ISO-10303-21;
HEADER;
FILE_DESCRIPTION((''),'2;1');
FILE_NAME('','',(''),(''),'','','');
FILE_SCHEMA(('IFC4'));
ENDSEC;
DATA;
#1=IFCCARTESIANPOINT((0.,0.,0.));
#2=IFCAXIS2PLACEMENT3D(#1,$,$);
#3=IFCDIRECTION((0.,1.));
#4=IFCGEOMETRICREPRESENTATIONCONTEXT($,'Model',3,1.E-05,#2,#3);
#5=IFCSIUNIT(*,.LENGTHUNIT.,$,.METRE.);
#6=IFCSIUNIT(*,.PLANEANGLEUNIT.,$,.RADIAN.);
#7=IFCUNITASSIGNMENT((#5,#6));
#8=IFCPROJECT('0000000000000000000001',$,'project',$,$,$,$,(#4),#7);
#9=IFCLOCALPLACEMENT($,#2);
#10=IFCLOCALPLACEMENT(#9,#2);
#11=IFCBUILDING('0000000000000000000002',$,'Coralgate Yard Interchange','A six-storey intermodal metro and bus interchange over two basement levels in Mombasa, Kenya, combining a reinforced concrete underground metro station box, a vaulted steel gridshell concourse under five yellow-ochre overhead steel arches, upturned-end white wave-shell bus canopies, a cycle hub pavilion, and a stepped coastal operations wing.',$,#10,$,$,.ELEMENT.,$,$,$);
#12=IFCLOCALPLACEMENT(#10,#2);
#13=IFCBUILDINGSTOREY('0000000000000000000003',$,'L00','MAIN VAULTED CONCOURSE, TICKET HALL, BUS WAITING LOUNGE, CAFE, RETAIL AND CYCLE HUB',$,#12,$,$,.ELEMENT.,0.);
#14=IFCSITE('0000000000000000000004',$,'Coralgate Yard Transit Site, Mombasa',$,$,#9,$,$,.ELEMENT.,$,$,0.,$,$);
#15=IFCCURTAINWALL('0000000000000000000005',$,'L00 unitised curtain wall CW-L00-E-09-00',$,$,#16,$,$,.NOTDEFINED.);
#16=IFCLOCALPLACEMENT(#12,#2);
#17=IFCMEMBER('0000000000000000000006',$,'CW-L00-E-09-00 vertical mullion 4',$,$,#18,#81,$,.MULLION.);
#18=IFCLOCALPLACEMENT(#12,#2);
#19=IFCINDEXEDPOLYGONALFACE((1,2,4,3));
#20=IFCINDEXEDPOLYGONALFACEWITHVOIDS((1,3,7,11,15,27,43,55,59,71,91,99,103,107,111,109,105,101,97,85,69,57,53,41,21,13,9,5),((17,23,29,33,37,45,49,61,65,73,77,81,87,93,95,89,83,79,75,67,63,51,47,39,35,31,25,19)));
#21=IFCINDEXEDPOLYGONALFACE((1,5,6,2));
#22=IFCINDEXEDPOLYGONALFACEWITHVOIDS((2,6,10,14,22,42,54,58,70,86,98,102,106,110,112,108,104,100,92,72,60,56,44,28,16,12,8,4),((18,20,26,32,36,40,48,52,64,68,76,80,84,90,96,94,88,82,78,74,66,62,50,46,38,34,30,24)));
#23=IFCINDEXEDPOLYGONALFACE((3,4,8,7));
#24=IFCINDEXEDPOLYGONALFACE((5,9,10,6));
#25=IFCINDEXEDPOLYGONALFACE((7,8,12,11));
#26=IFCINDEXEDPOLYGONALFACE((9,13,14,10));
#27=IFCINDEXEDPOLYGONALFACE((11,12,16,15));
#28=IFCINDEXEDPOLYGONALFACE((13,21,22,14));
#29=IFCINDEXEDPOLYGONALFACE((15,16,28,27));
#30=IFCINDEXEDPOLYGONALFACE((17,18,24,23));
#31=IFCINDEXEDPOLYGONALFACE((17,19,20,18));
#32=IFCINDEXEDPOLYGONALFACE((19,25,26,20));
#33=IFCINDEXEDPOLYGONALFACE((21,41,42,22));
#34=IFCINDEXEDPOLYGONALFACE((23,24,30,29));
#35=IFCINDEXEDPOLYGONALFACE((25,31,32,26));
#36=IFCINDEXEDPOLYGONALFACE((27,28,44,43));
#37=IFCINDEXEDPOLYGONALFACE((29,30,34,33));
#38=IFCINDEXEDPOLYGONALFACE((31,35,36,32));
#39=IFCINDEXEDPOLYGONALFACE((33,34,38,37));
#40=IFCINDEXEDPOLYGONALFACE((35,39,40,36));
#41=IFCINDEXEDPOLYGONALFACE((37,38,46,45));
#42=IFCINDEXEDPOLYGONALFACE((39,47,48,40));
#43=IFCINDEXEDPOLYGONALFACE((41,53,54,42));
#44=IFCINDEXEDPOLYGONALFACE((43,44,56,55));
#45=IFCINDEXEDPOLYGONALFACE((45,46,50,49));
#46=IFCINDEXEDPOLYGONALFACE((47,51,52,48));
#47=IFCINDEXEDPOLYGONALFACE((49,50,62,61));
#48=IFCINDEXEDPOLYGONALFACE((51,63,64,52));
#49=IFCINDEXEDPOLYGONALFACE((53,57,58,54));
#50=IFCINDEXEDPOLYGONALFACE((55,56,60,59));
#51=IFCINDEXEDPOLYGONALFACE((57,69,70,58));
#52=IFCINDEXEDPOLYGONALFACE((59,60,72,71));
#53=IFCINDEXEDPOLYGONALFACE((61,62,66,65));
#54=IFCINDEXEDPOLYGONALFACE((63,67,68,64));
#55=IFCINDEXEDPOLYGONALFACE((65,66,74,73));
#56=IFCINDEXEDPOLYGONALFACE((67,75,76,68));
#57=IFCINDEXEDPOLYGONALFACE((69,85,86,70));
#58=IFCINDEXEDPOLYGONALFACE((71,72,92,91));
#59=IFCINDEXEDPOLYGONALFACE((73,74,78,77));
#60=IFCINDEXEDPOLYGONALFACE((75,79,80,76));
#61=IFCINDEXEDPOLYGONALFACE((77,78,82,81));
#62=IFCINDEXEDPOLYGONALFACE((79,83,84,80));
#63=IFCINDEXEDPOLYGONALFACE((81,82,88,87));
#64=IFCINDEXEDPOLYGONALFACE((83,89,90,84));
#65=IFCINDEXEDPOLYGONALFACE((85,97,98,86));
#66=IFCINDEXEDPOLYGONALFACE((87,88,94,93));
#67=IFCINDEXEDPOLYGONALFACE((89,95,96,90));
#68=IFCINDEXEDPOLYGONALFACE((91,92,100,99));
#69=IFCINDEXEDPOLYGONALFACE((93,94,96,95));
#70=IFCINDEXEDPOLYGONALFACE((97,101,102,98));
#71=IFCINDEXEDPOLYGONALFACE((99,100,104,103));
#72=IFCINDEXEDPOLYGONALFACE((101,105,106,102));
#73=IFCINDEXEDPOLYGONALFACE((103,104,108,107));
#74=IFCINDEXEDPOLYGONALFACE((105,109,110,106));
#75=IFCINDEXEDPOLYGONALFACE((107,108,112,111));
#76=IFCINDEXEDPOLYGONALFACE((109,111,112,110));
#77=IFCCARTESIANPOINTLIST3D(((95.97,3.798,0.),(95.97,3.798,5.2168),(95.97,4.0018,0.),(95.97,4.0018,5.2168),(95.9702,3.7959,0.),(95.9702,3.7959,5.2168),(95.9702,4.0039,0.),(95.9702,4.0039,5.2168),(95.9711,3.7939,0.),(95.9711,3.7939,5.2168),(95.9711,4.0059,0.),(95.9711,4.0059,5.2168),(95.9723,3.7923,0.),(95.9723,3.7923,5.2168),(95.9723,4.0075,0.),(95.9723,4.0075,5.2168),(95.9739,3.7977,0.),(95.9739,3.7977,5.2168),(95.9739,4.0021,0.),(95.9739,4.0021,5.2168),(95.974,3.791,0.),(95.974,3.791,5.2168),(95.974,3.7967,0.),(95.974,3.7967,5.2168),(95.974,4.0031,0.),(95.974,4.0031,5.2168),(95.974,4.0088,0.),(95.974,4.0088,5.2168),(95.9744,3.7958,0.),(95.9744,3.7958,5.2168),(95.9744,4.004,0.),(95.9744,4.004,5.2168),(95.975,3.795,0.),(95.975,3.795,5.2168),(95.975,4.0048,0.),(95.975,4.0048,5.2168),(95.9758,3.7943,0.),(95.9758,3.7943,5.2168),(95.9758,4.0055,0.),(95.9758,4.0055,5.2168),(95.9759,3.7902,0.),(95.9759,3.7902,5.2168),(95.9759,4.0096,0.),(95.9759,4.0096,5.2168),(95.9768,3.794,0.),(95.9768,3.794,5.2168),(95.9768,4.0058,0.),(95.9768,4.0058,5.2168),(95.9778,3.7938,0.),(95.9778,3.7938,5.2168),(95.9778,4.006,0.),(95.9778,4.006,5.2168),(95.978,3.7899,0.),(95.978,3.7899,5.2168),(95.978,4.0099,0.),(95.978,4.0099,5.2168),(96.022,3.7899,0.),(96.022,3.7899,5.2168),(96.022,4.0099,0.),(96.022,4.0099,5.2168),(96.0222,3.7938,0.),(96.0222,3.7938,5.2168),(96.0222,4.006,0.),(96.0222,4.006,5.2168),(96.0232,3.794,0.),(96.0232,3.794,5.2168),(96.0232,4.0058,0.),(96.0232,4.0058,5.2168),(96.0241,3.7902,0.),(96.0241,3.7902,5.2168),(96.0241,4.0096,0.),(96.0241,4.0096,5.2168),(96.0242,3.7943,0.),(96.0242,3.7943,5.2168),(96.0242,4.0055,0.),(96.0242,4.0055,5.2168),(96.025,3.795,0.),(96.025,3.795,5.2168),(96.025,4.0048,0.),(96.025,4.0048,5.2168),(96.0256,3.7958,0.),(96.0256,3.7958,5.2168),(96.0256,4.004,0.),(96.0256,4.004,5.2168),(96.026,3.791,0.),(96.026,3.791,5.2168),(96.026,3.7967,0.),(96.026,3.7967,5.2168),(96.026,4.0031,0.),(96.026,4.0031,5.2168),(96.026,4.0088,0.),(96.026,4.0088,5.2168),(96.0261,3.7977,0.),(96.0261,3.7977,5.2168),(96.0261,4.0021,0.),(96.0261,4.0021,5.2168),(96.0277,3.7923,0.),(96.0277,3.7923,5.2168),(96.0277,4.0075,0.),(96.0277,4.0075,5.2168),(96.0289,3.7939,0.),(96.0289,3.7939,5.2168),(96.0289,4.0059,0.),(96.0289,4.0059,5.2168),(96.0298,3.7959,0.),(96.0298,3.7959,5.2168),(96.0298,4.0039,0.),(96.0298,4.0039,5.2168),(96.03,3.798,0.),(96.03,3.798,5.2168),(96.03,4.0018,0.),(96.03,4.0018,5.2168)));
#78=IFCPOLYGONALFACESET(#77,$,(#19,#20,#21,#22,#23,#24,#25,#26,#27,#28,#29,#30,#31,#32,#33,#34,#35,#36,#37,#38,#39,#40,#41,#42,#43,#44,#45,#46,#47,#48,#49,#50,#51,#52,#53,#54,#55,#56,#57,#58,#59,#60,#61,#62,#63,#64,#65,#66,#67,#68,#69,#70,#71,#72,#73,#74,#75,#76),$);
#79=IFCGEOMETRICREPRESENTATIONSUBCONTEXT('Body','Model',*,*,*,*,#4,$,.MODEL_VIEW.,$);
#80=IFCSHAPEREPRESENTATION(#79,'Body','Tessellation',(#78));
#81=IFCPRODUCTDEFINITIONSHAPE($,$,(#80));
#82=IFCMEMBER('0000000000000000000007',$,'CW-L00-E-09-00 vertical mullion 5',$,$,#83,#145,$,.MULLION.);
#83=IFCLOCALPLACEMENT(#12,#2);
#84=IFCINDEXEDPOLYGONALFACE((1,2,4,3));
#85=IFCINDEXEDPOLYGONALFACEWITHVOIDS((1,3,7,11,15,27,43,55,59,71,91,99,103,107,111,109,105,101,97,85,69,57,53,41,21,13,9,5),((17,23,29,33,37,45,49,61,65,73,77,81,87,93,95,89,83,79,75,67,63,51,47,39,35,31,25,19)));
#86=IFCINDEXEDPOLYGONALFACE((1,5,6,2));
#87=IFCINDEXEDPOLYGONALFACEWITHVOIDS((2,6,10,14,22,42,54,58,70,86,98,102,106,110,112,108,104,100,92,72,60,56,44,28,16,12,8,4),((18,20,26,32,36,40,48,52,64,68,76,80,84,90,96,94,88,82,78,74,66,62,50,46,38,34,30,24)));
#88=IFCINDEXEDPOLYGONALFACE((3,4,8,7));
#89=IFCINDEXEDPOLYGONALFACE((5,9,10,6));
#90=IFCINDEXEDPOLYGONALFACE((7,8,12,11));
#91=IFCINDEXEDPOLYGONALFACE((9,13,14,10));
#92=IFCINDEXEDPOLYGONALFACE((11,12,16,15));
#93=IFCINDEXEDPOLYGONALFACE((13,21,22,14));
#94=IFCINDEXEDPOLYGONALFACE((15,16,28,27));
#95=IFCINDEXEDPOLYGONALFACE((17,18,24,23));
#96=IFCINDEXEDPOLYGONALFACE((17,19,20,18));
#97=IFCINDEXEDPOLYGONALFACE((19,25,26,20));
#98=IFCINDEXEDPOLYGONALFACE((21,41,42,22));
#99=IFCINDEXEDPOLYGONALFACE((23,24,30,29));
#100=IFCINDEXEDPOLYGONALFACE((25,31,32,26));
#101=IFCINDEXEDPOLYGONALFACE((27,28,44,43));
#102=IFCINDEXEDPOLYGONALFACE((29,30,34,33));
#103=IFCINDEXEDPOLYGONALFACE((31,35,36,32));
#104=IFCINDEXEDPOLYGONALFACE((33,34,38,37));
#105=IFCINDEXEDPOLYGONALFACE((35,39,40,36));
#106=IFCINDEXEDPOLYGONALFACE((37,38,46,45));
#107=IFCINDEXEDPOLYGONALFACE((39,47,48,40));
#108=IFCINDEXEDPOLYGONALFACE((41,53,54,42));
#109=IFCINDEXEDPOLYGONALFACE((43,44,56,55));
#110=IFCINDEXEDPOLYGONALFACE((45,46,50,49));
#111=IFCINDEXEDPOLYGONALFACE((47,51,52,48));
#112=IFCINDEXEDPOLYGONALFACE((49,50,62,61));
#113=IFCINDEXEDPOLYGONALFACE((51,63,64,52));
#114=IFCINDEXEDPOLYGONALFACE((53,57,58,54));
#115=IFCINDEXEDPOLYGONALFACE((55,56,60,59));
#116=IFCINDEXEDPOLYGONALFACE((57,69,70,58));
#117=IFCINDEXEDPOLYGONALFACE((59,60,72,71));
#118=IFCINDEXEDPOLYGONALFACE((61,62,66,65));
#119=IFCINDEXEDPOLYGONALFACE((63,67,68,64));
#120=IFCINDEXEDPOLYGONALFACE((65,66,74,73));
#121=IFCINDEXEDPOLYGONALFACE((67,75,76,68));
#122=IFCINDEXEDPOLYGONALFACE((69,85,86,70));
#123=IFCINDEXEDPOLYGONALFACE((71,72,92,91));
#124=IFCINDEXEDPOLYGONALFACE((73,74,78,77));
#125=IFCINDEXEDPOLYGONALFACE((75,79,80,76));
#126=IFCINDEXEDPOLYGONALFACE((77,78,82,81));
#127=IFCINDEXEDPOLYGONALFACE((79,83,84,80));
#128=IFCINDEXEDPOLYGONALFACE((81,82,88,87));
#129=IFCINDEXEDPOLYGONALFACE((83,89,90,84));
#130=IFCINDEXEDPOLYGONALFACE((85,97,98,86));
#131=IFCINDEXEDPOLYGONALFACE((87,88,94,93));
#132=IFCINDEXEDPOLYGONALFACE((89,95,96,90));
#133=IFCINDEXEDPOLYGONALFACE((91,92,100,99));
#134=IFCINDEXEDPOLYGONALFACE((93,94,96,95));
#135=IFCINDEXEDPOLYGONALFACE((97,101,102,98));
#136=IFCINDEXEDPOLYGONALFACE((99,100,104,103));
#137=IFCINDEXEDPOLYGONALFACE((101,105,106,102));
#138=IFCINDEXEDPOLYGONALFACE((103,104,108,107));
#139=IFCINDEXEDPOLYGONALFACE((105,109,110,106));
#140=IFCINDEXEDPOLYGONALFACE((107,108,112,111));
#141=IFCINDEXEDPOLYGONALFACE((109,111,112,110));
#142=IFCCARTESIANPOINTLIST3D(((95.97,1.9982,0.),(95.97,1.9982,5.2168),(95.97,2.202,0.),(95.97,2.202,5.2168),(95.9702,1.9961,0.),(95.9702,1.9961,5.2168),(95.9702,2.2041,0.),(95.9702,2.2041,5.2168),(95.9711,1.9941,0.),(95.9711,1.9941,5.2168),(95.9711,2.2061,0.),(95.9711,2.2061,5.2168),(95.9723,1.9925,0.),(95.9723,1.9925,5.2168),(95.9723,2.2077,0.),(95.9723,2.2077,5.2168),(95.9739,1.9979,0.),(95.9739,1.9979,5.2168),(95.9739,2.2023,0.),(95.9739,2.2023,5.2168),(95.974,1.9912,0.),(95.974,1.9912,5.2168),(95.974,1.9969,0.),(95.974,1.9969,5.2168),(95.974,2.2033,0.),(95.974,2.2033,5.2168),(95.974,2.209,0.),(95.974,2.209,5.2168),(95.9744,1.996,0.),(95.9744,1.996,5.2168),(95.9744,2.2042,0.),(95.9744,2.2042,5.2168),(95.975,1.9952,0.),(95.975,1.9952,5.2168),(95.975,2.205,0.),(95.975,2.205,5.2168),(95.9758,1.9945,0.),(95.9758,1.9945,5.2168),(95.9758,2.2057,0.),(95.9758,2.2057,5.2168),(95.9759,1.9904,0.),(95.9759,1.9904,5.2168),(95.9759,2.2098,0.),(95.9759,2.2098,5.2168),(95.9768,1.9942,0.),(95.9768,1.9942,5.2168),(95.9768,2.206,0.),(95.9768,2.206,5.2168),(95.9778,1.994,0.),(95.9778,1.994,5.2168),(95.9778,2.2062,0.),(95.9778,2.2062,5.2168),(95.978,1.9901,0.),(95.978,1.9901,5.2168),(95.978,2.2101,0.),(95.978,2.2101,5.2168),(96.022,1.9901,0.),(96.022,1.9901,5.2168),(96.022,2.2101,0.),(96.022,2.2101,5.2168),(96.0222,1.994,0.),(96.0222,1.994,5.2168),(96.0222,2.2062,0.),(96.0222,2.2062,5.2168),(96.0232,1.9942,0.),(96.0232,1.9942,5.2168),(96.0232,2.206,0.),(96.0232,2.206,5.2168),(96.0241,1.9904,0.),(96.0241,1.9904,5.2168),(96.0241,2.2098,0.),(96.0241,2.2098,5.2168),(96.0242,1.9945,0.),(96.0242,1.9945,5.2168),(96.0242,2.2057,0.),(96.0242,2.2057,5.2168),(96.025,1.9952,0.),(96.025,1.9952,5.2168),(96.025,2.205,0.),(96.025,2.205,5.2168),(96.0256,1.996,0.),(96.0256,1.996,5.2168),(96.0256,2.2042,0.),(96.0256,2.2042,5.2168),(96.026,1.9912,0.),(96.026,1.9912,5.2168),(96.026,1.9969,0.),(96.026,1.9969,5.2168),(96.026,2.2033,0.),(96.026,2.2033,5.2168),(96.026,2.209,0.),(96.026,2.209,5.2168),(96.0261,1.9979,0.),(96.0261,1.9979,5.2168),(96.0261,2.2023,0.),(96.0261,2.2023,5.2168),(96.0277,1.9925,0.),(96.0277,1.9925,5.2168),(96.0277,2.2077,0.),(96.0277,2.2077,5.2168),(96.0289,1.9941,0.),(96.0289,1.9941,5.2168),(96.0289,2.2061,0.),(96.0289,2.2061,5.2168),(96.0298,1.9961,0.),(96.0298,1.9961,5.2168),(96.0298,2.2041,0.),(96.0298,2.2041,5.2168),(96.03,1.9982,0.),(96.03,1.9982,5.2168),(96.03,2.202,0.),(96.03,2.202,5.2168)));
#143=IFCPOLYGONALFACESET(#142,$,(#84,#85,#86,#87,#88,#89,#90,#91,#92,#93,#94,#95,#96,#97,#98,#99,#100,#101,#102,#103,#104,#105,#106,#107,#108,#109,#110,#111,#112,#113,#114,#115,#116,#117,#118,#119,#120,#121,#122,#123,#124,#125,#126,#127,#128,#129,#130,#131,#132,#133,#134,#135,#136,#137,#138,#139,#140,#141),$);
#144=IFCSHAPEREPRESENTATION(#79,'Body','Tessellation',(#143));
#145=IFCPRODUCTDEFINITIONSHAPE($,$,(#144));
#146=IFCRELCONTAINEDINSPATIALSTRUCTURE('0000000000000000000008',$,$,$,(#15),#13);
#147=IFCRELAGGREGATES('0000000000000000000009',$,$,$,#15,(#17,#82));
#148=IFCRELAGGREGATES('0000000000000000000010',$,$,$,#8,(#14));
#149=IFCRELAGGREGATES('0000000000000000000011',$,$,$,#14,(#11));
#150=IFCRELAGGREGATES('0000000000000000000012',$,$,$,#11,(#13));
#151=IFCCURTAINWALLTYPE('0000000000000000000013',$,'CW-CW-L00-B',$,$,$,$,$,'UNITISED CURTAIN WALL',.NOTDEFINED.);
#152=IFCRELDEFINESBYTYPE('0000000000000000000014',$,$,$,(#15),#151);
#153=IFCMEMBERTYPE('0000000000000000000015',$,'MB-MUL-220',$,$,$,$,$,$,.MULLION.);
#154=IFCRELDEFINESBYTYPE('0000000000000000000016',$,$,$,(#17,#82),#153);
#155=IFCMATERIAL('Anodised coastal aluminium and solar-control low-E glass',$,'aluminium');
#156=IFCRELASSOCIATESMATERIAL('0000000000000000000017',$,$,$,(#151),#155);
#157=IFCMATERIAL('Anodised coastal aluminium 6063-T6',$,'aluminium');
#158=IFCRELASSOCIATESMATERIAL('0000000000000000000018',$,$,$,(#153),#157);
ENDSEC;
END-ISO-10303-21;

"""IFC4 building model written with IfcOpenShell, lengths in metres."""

from ifc_helpers import new_model, si_unit, direction, frame, origin, origin_2d, place, context, subcontext, project, spatial, hollow_rectangle, extrude, material, material_profile, profile_set, type_object, element, aggregate, save


model = new_model("IFC4")

# Units and contexts
model_context = context("Model", 3, precision=1e-05, world=origin(), true_north=direction((0.0, 1.0)))
body_context = subcontext(model_context, "Body", "Model", "MODEL_VIEW")
ifc_project = project(units=[si_unit("LENGTHUNIT", "METRE"), si_unit("PLANEANGLEUNIT", "RADIAN")], contexts=[model_context])

# Site, building, storey
site_placement = place(None, origin())
site = spatial("IfcSite", under=ifc_project, at=site_placement, Name="Coralgate Yard Transit Site, Mombasa", CompositionType="ELEMENT", RefElevation=0.0)
building_placement = place(site_placement, origin())
building = spatial("IfcBuilding", under=site, at=building_placement, Name="Coralgate Yard Interchange", Description="A six-storey intermodal metro and bus interchange over two basement levels in Mombasa, Kenya, combining a reinforced concrete underground metro station box, a vaulted steel gridshell concourse under five yellow-ochre overhead steel arches, upturned-end white wave-shell bus canopies, a cycle hub pavilion, and a stepped coastal operations wing.", CompositionType="ELEMENT")
storey_placement = place(building_placement, origin())
storey = spatial("IfcBuildingStorey", under=building, at=storey_placement, Name="L00", Description="MAIN VAULTED CONCOURSE, TICKET HALL, BUS WAITING LOUNGE, CAFE, RETAIL AND CYCLE HUB", CompositionType="ELEMENT", Elevation=0.0)

# Curtain wall, members
ifc_material_1 = material(Name="Anodised coastal aluminium and solar-control low-E glass", Category="aluminium")
curtain_wall_type = type_object("IfcCurtainWallType", Name="CW-CW-L00-B", ElementType="UNITISED CURTAIN WALL", PredefinedType="NOTDEFINED", material=ifc_material_1)
curtain_wall_placement = place(storey_placement, origin())
curtain_wall = element("IfcCurtainWall", 1, at=curtain_wall_placement, inside=storey, type_object=curtain_wall_type, Name="L00 unitised curtain wall CW-L00-E-09-00", PredefinedType="NOTDEFINED")
ifc_material_2 = material(Name="Anodised coastal aluminium 6063-T6", Category="aluminium")
ifc_material_profile_1 = material_profile(ifc_material_2, hollow_rectangle(XDim=0.0601, YDim=0.22, WallThickness=0.0039, InnerFilletRadius=0.0039, OuterFilletRadius=0.0081, at=origin_2d()), Name="ALU 60x220x4")
ifc_profile_set_1 = profile_set([ifc_material_profile_1], Name="Anodised coastal aluminium 6063-T6")
member_type_1 = type_object("IfcMemberType", Name="MB-MUL-220", PredefinedType="MULLION", material=ifc_profile_set_1)
member_1_placement = place(storey_placement, frame((96.0, 3.8999, 0.0), z_axis=(0.0, 0.0, 1.0), x_axis=(1.0, 0.0, 0.0)))
member_1 = element("IfcMember", 2, at=member_1_placement, type_object=member_type_1, Name="CW-L00-E-09-00 vertical mullion 4", PredefinedType="MULLION", context=body_context, shape_type="SweptSolid", body=[
    extrude(hollow_rectangle(XDim=0.0601, YDim=0.22, WallThickness=0.0039, InnerFilletRadius=0.0039, OuterFilletRadius=0.0081, at=origin_2d()), origin(), (0.0, 0.0, 1.0), 5.2168),
])
member_2_placement = place(storey_placement, frame((96.0, 2.1001, 0.0), z_axis=(0.0, 0.0, 1.0), x_axis=(1.0, 0.0, 0.0)))
member_2 = element("IfcMember", 3, at=member_2_placement, type_object=member_type_1, Name="CW-L00-E-09-00 vertical mullion 5", PredefinedType="MULLION", context=body_context, shape_type="SweptSolid", body=[
    extrude(hollow_rectangle(XDim=0.0601, YDim=0.22, WallThickness=0.0039, InnerFilletRadius=0.0039, OuterFilletRadius=0.0081, at=origin_2d()), origin(), (0.0, 0.0, 1.0), 5.2168),
])
aggregate(curtain_wall, [member_1, member_2])

save(model, "model.ifc")
